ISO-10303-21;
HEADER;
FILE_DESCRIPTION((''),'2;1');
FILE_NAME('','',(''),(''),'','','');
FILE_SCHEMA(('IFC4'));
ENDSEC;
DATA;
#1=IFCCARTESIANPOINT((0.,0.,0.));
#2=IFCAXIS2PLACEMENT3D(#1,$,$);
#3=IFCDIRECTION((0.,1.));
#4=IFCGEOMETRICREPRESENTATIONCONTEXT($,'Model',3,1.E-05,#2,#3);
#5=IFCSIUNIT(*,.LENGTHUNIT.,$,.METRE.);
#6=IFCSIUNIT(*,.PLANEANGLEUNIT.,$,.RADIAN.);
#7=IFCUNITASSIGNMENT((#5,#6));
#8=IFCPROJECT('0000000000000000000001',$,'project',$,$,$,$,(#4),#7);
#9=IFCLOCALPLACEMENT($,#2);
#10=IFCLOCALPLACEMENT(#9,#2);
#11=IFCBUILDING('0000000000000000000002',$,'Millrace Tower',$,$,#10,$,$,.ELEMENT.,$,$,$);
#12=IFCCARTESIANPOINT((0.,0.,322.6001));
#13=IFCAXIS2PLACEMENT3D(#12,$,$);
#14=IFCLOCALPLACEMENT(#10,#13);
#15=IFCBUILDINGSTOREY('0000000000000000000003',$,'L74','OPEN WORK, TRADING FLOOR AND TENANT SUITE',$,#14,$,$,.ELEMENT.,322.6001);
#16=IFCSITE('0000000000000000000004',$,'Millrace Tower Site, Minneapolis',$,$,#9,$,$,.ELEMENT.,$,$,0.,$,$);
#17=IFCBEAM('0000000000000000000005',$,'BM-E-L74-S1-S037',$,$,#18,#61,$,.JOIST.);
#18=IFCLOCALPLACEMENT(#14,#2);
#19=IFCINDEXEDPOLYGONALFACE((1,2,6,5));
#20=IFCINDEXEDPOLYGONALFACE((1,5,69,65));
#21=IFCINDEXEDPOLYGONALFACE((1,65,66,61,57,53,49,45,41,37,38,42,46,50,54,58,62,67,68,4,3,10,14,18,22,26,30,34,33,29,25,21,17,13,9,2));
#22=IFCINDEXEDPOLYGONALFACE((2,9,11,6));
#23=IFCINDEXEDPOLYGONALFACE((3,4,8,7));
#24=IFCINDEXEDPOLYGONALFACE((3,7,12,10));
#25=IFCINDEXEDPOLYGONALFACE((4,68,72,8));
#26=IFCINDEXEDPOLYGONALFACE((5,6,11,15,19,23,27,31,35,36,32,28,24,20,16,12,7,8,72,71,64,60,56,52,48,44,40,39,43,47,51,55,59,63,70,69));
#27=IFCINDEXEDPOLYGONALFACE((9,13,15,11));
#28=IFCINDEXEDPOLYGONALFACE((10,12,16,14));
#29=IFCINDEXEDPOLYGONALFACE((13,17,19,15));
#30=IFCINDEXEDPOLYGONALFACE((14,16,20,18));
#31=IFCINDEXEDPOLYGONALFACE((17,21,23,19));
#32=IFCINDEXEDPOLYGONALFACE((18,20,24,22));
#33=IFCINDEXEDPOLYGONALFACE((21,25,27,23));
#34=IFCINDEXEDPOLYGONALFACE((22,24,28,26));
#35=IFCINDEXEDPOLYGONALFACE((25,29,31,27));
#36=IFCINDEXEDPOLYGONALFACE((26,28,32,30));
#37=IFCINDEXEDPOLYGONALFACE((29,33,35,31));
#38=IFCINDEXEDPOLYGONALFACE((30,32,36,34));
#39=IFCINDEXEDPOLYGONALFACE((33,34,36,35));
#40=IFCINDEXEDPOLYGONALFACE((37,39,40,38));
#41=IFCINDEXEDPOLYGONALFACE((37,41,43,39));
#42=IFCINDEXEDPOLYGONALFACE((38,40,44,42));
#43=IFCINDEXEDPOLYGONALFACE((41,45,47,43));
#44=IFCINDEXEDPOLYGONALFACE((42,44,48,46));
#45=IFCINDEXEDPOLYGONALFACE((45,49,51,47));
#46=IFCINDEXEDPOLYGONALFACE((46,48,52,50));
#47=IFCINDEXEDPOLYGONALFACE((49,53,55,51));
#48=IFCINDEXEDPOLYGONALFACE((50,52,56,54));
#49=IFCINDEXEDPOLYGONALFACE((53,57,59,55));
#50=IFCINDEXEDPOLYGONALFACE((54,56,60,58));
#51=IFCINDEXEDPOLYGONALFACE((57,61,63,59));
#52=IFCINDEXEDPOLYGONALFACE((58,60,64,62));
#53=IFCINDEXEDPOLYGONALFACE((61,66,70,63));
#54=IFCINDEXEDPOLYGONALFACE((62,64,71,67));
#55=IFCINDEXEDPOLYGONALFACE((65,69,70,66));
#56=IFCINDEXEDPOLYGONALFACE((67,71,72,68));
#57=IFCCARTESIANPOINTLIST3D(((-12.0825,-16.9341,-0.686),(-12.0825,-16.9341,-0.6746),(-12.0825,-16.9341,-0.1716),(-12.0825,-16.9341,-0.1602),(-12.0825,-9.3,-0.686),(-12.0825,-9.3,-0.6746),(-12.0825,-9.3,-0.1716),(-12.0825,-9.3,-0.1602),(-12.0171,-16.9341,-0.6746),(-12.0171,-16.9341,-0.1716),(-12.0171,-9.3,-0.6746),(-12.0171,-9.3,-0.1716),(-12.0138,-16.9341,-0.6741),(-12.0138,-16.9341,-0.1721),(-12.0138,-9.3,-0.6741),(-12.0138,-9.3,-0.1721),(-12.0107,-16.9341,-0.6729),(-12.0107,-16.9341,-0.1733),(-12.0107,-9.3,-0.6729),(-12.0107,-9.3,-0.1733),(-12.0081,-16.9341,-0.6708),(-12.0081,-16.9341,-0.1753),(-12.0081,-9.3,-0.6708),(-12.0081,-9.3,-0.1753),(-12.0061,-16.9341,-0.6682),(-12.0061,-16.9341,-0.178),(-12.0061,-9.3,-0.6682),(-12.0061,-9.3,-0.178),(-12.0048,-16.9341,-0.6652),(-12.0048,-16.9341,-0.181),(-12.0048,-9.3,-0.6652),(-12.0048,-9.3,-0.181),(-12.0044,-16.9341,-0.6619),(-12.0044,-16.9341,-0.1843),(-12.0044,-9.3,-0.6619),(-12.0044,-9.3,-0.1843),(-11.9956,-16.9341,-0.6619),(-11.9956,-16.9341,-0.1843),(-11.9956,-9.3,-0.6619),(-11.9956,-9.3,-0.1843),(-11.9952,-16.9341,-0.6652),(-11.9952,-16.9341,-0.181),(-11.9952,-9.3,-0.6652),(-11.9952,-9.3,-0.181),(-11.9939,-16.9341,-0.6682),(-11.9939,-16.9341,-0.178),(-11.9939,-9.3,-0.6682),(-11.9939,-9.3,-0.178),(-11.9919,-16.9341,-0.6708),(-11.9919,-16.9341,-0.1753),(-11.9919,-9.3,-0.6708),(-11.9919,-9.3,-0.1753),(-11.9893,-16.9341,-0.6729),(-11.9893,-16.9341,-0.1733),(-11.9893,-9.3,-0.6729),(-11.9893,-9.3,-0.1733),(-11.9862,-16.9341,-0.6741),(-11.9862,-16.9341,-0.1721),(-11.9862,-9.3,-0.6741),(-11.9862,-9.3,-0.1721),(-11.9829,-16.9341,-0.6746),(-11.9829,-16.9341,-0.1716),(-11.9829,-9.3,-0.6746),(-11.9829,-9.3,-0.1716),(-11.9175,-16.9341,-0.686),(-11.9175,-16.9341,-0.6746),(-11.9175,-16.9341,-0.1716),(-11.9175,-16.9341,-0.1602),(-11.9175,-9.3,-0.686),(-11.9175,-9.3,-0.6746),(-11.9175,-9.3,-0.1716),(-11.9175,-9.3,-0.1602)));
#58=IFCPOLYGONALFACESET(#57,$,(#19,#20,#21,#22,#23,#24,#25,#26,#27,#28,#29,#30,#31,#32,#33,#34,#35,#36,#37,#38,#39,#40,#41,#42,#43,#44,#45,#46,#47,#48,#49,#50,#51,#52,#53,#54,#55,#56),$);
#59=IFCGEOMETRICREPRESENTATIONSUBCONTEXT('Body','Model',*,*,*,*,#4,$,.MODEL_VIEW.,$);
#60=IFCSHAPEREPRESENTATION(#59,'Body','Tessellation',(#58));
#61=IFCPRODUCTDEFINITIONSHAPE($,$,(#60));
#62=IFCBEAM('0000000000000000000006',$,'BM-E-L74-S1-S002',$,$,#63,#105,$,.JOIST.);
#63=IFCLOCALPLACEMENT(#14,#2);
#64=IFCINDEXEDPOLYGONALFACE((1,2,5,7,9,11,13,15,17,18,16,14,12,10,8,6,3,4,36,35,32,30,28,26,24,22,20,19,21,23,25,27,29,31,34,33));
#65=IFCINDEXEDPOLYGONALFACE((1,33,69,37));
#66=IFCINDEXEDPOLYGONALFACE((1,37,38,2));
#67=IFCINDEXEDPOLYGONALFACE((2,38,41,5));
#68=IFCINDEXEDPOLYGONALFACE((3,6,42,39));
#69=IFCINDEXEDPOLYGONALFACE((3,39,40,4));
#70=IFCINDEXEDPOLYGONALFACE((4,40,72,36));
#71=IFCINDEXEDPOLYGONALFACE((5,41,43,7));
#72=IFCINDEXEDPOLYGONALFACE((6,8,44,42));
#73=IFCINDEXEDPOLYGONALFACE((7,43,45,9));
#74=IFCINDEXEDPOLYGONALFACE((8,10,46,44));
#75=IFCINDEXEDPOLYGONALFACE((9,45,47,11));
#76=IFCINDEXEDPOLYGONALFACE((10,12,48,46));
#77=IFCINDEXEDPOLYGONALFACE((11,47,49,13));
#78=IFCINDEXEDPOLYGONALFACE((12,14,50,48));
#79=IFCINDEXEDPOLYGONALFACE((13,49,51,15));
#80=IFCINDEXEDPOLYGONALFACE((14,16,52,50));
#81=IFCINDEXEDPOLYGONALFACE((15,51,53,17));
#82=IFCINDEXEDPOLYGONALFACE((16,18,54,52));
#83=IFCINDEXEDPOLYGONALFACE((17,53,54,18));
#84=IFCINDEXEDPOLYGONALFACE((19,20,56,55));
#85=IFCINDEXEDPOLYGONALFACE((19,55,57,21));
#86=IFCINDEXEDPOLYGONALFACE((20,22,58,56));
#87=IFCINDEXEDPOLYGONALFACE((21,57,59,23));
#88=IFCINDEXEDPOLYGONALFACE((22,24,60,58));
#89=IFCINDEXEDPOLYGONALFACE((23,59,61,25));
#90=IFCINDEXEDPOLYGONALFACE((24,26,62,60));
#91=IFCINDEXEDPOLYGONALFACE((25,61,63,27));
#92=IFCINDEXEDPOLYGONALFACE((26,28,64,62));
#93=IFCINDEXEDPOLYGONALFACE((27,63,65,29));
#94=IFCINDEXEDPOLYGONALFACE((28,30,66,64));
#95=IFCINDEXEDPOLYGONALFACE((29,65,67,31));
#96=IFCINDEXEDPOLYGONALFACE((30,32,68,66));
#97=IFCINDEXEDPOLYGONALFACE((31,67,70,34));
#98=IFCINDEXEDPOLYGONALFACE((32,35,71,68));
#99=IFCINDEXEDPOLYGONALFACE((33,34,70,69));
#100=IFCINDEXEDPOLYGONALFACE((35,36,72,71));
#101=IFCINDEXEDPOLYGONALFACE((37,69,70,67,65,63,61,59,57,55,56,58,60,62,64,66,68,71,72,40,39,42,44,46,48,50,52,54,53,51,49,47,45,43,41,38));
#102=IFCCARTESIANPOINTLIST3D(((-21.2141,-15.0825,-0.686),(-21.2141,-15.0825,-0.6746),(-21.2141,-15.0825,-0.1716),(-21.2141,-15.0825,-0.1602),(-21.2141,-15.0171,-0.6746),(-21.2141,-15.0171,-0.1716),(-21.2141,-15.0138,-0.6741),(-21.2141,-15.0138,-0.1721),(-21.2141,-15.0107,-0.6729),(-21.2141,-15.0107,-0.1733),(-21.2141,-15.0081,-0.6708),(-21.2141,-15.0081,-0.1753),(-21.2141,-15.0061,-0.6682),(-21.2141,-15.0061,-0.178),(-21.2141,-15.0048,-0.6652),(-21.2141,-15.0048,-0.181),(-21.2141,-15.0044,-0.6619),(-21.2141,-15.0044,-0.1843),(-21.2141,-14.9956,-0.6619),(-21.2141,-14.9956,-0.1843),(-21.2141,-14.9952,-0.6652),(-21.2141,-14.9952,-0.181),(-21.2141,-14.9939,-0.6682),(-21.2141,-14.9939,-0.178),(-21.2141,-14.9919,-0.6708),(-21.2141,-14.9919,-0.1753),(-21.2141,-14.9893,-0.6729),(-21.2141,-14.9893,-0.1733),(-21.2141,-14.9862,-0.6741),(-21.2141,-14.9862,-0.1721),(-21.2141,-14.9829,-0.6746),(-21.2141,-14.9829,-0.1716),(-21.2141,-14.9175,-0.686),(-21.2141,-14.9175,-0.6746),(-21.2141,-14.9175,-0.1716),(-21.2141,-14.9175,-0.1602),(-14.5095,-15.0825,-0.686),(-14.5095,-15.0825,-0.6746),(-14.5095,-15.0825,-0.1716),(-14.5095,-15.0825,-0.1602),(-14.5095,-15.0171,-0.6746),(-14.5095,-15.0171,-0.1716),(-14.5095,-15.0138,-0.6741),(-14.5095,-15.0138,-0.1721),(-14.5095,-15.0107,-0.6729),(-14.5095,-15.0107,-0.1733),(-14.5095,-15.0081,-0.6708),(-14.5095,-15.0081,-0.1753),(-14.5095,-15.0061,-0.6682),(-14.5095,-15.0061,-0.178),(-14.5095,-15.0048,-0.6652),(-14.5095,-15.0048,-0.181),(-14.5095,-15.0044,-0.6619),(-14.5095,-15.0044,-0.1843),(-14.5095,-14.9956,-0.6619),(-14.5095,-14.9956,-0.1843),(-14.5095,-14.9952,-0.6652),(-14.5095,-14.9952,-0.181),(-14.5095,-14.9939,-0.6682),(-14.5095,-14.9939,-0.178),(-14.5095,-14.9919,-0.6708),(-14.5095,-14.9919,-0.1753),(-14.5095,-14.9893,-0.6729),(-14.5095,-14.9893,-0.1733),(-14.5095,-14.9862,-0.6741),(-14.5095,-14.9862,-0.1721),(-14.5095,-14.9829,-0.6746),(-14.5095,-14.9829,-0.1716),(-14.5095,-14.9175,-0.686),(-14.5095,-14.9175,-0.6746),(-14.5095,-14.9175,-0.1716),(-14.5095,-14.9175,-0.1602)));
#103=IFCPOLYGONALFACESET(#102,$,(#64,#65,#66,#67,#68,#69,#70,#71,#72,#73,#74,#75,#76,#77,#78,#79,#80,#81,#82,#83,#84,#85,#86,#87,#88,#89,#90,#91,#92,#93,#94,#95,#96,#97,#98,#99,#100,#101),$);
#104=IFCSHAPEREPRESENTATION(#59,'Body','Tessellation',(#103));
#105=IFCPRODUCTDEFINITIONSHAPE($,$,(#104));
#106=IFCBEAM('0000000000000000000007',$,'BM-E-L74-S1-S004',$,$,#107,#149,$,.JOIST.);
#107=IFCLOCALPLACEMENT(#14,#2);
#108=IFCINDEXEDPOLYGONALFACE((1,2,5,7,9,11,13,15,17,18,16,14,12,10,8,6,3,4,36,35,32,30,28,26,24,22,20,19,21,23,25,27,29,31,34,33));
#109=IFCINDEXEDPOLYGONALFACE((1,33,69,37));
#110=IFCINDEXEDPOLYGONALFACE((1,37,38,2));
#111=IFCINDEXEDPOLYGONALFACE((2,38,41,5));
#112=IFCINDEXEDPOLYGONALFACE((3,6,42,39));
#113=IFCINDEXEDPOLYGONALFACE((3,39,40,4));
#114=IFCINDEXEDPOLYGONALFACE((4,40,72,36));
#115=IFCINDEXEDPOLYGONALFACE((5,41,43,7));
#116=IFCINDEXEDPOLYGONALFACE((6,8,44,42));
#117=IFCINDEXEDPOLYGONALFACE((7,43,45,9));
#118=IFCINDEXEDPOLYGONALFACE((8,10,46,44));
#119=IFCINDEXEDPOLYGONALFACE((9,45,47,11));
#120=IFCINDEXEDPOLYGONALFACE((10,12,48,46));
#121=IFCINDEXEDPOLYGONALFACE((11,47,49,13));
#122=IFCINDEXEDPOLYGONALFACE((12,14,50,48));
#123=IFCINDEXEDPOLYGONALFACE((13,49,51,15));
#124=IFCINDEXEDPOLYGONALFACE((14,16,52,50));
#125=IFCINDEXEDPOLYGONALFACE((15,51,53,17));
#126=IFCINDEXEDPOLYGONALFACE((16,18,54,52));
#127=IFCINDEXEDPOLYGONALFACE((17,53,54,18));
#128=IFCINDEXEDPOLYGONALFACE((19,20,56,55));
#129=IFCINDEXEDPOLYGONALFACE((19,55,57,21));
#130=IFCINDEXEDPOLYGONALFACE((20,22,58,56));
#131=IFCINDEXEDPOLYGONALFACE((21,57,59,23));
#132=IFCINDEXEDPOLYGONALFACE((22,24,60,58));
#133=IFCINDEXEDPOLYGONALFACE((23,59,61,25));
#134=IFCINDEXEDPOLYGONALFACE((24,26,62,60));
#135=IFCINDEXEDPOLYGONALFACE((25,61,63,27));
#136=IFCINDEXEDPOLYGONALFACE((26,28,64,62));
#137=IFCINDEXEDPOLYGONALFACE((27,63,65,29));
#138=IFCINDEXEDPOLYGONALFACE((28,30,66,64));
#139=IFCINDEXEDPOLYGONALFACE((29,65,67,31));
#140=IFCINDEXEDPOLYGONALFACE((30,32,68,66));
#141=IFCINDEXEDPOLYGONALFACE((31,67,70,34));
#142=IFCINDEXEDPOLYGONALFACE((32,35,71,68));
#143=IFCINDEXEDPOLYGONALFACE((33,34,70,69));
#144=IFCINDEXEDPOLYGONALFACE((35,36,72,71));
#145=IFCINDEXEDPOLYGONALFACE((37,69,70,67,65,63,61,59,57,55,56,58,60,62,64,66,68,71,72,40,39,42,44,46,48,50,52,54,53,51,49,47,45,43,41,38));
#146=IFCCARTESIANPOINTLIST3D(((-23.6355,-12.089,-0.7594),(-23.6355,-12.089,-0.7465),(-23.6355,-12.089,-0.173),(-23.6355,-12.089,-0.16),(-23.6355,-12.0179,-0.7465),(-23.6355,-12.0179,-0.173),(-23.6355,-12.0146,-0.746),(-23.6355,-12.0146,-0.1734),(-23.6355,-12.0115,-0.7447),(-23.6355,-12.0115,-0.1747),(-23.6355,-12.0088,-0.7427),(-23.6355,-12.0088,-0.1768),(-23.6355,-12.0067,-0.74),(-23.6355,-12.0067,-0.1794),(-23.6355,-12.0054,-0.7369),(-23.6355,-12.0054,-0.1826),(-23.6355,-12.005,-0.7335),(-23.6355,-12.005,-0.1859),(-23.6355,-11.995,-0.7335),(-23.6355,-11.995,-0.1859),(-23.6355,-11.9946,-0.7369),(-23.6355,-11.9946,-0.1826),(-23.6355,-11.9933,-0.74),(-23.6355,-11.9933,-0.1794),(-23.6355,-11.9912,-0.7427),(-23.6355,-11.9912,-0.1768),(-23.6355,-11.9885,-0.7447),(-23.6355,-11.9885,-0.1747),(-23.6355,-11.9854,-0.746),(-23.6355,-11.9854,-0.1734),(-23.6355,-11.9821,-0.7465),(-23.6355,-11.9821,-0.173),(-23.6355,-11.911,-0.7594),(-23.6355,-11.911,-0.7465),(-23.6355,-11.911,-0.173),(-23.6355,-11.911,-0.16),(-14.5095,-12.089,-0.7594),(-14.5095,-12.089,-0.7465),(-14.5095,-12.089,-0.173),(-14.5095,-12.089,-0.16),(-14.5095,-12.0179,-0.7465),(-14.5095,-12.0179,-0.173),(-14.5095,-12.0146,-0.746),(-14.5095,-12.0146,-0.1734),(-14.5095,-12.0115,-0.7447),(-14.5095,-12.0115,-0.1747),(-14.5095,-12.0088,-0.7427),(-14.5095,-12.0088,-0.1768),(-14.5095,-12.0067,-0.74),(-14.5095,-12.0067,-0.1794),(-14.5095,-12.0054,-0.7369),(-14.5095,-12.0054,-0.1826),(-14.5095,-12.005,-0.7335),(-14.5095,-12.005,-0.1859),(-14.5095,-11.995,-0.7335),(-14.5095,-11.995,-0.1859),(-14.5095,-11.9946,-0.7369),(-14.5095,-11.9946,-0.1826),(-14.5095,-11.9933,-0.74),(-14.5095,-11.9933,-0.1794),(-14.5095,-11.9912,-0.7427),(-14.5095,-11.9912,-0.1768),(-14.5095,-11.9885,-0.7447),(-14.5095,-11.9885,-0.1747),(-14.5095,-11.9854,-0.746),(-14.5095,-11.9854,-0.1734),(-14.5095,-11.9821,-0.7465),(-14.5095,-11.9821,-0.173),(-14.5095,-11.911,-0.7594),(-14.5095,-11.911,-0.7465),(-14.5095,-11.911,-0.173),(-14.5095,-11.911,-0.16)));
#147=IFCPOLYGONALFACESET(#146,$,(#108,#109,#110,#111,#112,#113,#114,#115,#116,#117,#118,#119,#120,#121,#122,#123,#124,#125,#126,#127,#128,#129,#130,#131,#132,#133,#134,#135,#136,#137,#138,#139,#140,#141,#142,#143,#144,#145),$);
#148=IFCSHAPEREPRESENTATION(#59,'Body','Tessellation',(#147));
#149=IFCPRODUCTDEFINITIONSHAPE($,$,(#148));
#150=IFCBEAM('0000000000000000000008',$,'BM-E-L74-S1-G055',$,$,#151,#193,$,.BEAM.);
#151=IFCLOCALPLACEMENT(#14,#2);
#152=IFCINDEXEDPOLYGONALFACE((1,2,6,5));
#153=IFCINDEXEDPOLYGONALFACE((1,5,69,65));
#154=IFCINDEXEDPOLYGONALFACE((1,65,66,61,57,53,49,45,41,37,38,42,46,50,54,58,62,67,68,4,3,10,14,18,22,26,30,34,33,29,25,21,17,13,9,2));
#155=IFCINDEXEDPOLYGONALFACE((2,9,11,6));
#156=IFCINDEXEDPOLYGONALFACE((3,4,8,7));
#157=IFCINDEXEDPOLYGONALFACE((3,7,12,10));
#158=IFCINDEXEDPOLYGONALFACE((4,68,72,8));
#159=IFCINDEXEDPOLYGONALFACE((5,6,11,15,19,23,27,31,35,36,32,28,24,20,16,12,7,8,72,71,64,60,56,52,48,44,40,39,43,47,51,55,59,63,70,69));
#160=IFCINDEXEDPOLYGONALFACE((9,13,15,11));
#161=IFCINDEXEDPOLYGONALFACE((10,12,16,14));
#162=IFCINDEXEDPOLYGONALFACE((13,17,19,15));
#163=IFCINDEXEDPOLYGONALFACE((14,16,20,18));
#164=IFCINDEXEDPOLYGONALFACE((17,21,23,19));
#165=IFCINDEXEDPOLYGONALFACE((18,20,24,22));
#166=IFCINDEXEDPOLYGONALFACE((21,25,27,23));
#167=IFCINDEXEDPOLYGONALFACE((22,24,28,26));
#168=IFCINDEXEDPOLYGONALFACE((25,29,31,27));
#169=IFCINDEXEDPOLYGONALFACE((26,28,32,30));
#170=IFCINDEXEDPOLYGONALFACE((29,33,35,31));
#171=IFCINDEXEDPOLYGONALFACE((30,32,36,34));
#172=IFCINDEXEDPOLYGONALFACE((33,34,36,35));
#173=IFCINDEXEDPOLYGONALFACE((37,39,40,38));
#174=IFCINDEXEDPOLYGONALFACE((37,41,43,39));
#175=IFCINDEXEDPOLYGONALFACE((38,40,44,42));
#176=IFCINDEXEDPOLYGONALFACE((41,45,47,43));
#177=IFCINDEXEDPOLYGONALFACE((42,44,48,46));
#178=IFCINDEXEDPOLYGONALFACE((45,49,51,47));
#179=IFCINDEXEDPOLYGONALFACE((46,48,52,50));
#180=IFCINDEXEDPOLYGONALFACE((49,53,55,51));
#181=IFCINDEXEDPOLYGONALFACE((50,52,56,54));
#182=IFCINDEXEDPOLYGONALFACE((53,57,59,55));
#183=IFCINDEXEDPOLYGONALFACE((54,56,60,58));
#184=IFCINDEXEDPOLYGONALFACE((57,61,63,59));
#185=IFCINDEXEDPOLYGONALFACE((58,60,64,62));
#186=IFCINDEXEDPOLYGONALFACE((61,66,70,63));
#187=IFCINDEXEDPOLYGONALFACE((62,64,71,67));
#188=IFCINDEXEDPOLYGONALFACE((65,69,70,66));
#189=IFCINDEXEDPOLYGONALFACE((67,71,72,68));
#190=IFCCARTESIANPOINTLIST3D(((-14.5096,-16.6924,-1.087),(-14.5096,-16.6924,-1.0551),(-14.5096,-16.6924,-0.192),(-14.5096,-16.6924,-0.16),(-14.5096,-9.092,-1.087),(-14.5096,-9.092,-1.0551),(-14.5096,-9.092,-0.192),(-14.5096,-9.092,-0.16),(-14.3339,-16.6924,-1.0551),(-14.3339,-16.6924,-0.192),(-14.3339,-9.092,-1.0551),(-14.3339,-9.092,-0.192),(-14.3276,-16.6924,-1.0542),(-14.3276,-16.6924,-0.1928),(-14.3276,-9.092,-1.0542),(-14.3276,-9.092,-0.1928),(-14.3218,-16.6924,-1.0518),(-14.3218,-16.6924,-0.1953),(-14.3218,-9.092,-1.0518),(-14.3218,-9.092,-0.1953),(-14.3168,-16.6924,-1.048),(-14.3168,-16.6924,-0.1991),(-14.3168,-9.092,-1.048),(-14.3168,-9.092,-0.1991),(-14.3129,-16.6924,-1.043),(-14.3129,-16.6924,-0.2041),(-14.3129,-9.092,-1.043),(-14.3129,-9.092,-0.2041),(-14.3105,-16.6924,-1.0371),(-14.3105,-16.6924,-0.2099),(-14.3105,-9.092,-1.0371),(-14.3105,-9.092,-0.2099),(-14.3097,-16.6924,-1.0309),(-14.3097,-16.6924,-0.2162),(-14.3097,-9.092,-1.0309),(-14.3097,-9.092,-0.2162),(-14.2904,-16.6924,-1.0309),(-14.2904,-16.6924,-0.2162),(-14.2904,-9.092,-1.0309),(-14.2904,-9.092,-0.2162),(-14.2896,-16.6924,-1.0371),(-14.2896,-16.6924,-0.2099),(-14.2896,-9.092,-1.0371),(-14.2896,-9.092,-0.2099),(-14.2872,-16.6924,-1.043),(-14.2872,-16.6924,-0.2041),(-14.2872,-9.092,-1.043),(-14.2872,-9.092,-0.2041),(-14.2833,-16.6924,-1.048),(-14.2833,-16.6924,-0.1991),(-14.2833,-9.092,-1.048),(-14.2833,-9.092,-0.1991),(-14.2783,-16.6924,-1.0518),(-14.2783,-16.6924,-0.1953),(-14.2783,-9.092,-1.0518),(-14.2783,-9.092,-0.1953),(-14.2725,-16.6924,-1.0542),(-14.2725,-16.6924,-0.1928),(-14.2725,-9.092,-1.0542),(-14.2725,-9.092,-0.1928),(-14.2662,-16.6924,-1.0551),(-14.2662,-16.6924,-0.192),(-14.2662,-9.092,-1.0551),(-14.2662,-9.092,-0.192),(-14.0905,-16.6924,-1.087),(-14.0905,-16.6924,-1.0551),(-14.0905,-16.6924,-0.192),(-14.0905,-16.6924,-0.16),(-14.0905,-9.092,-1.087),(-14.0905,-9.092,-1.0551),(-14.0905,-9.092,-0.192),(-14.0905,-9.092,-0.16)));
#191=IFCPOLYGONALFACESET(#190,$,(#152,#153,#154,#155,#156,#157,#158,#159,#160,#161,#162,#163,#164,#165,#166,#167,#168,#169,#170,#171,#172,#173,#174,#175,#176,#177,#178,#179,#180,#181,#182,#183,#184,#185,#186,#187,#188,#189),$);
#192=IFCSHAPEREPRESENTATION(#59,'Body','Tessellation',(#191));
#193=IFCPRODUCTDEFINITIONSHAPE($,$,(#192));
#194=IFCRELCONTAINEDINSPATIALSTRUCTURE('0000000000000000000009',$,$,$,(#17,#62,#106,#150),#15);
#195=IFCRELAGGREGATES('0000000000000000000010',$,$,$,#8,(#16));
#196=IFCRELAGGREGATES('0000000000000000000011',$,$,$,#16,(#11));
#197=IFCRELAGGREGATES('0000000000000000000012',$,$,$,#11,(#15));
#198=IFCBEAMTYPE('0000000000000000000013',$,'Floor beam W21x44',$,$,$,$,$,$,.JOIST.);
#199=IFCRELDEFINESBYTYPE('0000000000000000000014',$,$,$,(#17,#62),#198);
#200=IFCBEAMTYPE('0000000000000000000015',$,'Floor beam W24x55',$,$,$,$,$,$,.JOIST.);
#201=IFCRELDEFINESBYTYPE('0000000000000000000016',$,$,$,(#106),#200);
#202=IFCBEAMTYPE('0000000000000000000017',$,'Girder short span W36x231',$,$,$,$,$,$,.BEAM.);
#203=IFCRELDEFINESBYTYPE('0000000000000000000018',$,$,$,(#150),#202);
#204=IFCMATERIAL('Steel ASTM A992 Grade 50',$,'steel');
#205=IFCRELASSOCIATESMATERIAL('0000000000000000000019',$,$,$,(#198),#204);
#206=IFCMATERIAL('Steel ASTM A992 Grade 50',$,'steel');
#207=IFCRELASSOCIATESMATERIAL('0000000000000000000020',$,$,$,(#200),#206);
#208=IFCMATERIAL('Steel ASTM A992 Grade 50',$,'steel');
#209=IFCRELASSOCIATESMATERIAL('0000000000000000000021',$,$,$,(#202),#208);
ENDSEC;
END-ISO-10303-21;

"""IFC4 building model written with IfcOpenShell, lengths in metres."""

from ifc_helpers import new_model, si_unit, direction, frame, origin, origin_2d, place, context, subcontext, project, spatial, i_section, extrude, material, material_profile, profile_set, type_object, element, save


model = new_model("IFC4")

# Units and contexts
model_context = context("Model", 3, precision=1e-05, world=origin(), true_north=direction((0.0, 1.0)))
body_context = subcontext(model_context, "Body", "Model", "MODEL_VIEW")
ifc_project = project(units=[si_unit("LENGTHUNIT", "METRE"), si_unit("PLANEANGLEUNIT", "RADIAN")], contexts=[model_context])

# Site, building, storey
site_placement = place(None, origin())
site = spatial("IfcSite", under=ifc_project, at=site_placement, Name="Millrace Tower Site, Minneapolis", CompositionType="ELEMENT", RefElevation=0.0)
building_placement = place(site_placement, origin())
building = spatial("IfcBuilding", under=site, at=building_placement, Name="Millrace Tower", CompositionType="ELEMENT")
storey_placement = place(building_placement, frame((0.0, 0.0, 322.6001)))
storey = spatial("IfcBuildingStorey", under=building, at=storey_placement, Name="L74", Description="OPEN WORK, TRADING FLOOR AND TENANT SUITE", CompositionType="ELEMENT", Elevation=322.6001)

# Beams
ifc_material_1 = material(Name="Steel ASTM A992 Grade 50", Category="steel")
ifc_material_profile_1 = material_profile(ifc_material_1, i_section(OverallWidth=0.165, OverallDepth=0.5259, WebThickness=0.0088, FlangeThickness=0.0115, FilletRadius=0.0127, at=origin_2d()))
ifc_profile_set_1 = profile_set([ifc_material_profile_1], Name="Steel ASTM A992 Grade 50")
beam_type_1 = type_object("IfcBeamType", Name="Floor beam W21x44", PredefinedType="JOIST", material=ifc_profile_set_1)
beam_1_placement = place(storey_placement, frame((-12.0, -16.9341, -0.4231), z_axis=(0.0, 1.0, 0.0), x_axis=(-1.0, 0.0, 0.0)))
element("IfcBeam", 1, at=beam_1_placement, inside=storey, type_object=beam_type_1, Name="BM-E-L74-S1-S037", PredefinedType="JOIST", context=body_context, shape_type="SweptSolid", body=[
    extrude(i_section(OverallWidth=0.165, OverallDepth=0.5259, WebThickness=0.0088, FlangeThickness=0.0115, FilletRadius=0.0127, at=origin_2d()), origin(), (0.0, 0.0, 1.0), 7.634),
])
beam_2_placement = place(storey_placement, frame((-21.2141, -15.0, -0.4231), z_axis=(1.0, 0.0, 0.0), x_axis=(0.0, 1.0, 0.0)))
element("IfcBeam", 2, at=beam_2_placement, inside=storey, type_object=beam_type_1, Name="BM-E-L74-S1-S002", PredefinedType="JOIST", context=body_context, shape_type="SweptSolid", body=[
    extrude(i_section(OverallWidth=0.165, OverallDepth=0.5259, WebThickness=0.0088, FlangeThickness=0.0115, FilletRadius=0.0127, at=origin_2d()), origin(), (0.0, 0.0, 1.0), 6.7046),
])
ifc_material_2 = material(Name="Steel ASTM A992 Grade 50", Category="steel")
ifc_material_profile_2 = material_profile(ifc_material_2, i_section(OverallWidth=0.178, OverallDepth=0.5994, WebThickness=0.01, FlangeThickness=0.0129, FilletRadius=0.0129, at=origin_2d()))
ifc_profile_set_2 = profile_set([ifc_material_profile_2], Name="Steel ASTM A992 Grade 50")
beam_type_2 = type_object("IfcBeamType", Name="Floor beam W24x55", PredefinedType="JOIST", material=ifc_profile_set_2)
beam_3_placement = place(storey_placement, frame((-23.6355, -12.0, -0.4597), z_axis=(1.0, 0.0, 0.0), x_axis=(0.0, 1.0, 0.0)))
element("IfcBeam", 3, at=beam_3_placement, inside=storey, type_object=beam_type_2, Name="BM-E-L74-S1-S004", PredefinedType="JOIST", context=body_context, shape_type="SweptSolid", body=[
    extrude(i_section(OverallWidth=0.178, OverallDepth=0.5994, WebThickness=0.01, FlangeThickness=0.0129, FilletRadius=0.0129, at=origin_2d()), origin(), (0.0, 0.0, 1.0), 9.126),
])
ifc_material_3 = material(Name="Steel ASTM A992 Grade 50", Category="steel")
ifc_material_profile_3 = material_profile(ifc_material_3, i_section(OverallWidth=0.4192, OverallDepth=0.927, WebThickness=0.0193, FlangeThickness=0.032, FilletRadius=0.0242, at=origin_2d()))
ifc_profile_set_3 = profile_set([ifc_material_profile_3], Name="Steel ASTM A992 Grade 50")
beam_type_3 = type_object("IfcBeamType", Name="Girder short span W36x231", PredefinedType="BEAM", material=ifc_profile_set_3)
beam_4_placement = place(storey_placement, frame((-14.3, -16.6924, -0.6235), z_axis=(0.0, 1.0, 0.0), x_axis=(-1.0, 0.0, 0.0)))
element("IfcBeam", 4, at=beam_4_placement, inside=storey, type_object=beam_type_3, Name="BM-E-L74-S1-G055", PredefinedType="BEAM", context=body_context, shape_type="SweptSolid", body=[
    extrude(i_section(OverallWidth=0.4192, OverallDepth=0.927, WebThickness=0.0193, FlangeThickness=0.032, FilletRadius=0.0242, at=origin_2d()), origin(), (0.0, 0.0, 1.0), 7.6003),
])

save(model, "model.ifc")
